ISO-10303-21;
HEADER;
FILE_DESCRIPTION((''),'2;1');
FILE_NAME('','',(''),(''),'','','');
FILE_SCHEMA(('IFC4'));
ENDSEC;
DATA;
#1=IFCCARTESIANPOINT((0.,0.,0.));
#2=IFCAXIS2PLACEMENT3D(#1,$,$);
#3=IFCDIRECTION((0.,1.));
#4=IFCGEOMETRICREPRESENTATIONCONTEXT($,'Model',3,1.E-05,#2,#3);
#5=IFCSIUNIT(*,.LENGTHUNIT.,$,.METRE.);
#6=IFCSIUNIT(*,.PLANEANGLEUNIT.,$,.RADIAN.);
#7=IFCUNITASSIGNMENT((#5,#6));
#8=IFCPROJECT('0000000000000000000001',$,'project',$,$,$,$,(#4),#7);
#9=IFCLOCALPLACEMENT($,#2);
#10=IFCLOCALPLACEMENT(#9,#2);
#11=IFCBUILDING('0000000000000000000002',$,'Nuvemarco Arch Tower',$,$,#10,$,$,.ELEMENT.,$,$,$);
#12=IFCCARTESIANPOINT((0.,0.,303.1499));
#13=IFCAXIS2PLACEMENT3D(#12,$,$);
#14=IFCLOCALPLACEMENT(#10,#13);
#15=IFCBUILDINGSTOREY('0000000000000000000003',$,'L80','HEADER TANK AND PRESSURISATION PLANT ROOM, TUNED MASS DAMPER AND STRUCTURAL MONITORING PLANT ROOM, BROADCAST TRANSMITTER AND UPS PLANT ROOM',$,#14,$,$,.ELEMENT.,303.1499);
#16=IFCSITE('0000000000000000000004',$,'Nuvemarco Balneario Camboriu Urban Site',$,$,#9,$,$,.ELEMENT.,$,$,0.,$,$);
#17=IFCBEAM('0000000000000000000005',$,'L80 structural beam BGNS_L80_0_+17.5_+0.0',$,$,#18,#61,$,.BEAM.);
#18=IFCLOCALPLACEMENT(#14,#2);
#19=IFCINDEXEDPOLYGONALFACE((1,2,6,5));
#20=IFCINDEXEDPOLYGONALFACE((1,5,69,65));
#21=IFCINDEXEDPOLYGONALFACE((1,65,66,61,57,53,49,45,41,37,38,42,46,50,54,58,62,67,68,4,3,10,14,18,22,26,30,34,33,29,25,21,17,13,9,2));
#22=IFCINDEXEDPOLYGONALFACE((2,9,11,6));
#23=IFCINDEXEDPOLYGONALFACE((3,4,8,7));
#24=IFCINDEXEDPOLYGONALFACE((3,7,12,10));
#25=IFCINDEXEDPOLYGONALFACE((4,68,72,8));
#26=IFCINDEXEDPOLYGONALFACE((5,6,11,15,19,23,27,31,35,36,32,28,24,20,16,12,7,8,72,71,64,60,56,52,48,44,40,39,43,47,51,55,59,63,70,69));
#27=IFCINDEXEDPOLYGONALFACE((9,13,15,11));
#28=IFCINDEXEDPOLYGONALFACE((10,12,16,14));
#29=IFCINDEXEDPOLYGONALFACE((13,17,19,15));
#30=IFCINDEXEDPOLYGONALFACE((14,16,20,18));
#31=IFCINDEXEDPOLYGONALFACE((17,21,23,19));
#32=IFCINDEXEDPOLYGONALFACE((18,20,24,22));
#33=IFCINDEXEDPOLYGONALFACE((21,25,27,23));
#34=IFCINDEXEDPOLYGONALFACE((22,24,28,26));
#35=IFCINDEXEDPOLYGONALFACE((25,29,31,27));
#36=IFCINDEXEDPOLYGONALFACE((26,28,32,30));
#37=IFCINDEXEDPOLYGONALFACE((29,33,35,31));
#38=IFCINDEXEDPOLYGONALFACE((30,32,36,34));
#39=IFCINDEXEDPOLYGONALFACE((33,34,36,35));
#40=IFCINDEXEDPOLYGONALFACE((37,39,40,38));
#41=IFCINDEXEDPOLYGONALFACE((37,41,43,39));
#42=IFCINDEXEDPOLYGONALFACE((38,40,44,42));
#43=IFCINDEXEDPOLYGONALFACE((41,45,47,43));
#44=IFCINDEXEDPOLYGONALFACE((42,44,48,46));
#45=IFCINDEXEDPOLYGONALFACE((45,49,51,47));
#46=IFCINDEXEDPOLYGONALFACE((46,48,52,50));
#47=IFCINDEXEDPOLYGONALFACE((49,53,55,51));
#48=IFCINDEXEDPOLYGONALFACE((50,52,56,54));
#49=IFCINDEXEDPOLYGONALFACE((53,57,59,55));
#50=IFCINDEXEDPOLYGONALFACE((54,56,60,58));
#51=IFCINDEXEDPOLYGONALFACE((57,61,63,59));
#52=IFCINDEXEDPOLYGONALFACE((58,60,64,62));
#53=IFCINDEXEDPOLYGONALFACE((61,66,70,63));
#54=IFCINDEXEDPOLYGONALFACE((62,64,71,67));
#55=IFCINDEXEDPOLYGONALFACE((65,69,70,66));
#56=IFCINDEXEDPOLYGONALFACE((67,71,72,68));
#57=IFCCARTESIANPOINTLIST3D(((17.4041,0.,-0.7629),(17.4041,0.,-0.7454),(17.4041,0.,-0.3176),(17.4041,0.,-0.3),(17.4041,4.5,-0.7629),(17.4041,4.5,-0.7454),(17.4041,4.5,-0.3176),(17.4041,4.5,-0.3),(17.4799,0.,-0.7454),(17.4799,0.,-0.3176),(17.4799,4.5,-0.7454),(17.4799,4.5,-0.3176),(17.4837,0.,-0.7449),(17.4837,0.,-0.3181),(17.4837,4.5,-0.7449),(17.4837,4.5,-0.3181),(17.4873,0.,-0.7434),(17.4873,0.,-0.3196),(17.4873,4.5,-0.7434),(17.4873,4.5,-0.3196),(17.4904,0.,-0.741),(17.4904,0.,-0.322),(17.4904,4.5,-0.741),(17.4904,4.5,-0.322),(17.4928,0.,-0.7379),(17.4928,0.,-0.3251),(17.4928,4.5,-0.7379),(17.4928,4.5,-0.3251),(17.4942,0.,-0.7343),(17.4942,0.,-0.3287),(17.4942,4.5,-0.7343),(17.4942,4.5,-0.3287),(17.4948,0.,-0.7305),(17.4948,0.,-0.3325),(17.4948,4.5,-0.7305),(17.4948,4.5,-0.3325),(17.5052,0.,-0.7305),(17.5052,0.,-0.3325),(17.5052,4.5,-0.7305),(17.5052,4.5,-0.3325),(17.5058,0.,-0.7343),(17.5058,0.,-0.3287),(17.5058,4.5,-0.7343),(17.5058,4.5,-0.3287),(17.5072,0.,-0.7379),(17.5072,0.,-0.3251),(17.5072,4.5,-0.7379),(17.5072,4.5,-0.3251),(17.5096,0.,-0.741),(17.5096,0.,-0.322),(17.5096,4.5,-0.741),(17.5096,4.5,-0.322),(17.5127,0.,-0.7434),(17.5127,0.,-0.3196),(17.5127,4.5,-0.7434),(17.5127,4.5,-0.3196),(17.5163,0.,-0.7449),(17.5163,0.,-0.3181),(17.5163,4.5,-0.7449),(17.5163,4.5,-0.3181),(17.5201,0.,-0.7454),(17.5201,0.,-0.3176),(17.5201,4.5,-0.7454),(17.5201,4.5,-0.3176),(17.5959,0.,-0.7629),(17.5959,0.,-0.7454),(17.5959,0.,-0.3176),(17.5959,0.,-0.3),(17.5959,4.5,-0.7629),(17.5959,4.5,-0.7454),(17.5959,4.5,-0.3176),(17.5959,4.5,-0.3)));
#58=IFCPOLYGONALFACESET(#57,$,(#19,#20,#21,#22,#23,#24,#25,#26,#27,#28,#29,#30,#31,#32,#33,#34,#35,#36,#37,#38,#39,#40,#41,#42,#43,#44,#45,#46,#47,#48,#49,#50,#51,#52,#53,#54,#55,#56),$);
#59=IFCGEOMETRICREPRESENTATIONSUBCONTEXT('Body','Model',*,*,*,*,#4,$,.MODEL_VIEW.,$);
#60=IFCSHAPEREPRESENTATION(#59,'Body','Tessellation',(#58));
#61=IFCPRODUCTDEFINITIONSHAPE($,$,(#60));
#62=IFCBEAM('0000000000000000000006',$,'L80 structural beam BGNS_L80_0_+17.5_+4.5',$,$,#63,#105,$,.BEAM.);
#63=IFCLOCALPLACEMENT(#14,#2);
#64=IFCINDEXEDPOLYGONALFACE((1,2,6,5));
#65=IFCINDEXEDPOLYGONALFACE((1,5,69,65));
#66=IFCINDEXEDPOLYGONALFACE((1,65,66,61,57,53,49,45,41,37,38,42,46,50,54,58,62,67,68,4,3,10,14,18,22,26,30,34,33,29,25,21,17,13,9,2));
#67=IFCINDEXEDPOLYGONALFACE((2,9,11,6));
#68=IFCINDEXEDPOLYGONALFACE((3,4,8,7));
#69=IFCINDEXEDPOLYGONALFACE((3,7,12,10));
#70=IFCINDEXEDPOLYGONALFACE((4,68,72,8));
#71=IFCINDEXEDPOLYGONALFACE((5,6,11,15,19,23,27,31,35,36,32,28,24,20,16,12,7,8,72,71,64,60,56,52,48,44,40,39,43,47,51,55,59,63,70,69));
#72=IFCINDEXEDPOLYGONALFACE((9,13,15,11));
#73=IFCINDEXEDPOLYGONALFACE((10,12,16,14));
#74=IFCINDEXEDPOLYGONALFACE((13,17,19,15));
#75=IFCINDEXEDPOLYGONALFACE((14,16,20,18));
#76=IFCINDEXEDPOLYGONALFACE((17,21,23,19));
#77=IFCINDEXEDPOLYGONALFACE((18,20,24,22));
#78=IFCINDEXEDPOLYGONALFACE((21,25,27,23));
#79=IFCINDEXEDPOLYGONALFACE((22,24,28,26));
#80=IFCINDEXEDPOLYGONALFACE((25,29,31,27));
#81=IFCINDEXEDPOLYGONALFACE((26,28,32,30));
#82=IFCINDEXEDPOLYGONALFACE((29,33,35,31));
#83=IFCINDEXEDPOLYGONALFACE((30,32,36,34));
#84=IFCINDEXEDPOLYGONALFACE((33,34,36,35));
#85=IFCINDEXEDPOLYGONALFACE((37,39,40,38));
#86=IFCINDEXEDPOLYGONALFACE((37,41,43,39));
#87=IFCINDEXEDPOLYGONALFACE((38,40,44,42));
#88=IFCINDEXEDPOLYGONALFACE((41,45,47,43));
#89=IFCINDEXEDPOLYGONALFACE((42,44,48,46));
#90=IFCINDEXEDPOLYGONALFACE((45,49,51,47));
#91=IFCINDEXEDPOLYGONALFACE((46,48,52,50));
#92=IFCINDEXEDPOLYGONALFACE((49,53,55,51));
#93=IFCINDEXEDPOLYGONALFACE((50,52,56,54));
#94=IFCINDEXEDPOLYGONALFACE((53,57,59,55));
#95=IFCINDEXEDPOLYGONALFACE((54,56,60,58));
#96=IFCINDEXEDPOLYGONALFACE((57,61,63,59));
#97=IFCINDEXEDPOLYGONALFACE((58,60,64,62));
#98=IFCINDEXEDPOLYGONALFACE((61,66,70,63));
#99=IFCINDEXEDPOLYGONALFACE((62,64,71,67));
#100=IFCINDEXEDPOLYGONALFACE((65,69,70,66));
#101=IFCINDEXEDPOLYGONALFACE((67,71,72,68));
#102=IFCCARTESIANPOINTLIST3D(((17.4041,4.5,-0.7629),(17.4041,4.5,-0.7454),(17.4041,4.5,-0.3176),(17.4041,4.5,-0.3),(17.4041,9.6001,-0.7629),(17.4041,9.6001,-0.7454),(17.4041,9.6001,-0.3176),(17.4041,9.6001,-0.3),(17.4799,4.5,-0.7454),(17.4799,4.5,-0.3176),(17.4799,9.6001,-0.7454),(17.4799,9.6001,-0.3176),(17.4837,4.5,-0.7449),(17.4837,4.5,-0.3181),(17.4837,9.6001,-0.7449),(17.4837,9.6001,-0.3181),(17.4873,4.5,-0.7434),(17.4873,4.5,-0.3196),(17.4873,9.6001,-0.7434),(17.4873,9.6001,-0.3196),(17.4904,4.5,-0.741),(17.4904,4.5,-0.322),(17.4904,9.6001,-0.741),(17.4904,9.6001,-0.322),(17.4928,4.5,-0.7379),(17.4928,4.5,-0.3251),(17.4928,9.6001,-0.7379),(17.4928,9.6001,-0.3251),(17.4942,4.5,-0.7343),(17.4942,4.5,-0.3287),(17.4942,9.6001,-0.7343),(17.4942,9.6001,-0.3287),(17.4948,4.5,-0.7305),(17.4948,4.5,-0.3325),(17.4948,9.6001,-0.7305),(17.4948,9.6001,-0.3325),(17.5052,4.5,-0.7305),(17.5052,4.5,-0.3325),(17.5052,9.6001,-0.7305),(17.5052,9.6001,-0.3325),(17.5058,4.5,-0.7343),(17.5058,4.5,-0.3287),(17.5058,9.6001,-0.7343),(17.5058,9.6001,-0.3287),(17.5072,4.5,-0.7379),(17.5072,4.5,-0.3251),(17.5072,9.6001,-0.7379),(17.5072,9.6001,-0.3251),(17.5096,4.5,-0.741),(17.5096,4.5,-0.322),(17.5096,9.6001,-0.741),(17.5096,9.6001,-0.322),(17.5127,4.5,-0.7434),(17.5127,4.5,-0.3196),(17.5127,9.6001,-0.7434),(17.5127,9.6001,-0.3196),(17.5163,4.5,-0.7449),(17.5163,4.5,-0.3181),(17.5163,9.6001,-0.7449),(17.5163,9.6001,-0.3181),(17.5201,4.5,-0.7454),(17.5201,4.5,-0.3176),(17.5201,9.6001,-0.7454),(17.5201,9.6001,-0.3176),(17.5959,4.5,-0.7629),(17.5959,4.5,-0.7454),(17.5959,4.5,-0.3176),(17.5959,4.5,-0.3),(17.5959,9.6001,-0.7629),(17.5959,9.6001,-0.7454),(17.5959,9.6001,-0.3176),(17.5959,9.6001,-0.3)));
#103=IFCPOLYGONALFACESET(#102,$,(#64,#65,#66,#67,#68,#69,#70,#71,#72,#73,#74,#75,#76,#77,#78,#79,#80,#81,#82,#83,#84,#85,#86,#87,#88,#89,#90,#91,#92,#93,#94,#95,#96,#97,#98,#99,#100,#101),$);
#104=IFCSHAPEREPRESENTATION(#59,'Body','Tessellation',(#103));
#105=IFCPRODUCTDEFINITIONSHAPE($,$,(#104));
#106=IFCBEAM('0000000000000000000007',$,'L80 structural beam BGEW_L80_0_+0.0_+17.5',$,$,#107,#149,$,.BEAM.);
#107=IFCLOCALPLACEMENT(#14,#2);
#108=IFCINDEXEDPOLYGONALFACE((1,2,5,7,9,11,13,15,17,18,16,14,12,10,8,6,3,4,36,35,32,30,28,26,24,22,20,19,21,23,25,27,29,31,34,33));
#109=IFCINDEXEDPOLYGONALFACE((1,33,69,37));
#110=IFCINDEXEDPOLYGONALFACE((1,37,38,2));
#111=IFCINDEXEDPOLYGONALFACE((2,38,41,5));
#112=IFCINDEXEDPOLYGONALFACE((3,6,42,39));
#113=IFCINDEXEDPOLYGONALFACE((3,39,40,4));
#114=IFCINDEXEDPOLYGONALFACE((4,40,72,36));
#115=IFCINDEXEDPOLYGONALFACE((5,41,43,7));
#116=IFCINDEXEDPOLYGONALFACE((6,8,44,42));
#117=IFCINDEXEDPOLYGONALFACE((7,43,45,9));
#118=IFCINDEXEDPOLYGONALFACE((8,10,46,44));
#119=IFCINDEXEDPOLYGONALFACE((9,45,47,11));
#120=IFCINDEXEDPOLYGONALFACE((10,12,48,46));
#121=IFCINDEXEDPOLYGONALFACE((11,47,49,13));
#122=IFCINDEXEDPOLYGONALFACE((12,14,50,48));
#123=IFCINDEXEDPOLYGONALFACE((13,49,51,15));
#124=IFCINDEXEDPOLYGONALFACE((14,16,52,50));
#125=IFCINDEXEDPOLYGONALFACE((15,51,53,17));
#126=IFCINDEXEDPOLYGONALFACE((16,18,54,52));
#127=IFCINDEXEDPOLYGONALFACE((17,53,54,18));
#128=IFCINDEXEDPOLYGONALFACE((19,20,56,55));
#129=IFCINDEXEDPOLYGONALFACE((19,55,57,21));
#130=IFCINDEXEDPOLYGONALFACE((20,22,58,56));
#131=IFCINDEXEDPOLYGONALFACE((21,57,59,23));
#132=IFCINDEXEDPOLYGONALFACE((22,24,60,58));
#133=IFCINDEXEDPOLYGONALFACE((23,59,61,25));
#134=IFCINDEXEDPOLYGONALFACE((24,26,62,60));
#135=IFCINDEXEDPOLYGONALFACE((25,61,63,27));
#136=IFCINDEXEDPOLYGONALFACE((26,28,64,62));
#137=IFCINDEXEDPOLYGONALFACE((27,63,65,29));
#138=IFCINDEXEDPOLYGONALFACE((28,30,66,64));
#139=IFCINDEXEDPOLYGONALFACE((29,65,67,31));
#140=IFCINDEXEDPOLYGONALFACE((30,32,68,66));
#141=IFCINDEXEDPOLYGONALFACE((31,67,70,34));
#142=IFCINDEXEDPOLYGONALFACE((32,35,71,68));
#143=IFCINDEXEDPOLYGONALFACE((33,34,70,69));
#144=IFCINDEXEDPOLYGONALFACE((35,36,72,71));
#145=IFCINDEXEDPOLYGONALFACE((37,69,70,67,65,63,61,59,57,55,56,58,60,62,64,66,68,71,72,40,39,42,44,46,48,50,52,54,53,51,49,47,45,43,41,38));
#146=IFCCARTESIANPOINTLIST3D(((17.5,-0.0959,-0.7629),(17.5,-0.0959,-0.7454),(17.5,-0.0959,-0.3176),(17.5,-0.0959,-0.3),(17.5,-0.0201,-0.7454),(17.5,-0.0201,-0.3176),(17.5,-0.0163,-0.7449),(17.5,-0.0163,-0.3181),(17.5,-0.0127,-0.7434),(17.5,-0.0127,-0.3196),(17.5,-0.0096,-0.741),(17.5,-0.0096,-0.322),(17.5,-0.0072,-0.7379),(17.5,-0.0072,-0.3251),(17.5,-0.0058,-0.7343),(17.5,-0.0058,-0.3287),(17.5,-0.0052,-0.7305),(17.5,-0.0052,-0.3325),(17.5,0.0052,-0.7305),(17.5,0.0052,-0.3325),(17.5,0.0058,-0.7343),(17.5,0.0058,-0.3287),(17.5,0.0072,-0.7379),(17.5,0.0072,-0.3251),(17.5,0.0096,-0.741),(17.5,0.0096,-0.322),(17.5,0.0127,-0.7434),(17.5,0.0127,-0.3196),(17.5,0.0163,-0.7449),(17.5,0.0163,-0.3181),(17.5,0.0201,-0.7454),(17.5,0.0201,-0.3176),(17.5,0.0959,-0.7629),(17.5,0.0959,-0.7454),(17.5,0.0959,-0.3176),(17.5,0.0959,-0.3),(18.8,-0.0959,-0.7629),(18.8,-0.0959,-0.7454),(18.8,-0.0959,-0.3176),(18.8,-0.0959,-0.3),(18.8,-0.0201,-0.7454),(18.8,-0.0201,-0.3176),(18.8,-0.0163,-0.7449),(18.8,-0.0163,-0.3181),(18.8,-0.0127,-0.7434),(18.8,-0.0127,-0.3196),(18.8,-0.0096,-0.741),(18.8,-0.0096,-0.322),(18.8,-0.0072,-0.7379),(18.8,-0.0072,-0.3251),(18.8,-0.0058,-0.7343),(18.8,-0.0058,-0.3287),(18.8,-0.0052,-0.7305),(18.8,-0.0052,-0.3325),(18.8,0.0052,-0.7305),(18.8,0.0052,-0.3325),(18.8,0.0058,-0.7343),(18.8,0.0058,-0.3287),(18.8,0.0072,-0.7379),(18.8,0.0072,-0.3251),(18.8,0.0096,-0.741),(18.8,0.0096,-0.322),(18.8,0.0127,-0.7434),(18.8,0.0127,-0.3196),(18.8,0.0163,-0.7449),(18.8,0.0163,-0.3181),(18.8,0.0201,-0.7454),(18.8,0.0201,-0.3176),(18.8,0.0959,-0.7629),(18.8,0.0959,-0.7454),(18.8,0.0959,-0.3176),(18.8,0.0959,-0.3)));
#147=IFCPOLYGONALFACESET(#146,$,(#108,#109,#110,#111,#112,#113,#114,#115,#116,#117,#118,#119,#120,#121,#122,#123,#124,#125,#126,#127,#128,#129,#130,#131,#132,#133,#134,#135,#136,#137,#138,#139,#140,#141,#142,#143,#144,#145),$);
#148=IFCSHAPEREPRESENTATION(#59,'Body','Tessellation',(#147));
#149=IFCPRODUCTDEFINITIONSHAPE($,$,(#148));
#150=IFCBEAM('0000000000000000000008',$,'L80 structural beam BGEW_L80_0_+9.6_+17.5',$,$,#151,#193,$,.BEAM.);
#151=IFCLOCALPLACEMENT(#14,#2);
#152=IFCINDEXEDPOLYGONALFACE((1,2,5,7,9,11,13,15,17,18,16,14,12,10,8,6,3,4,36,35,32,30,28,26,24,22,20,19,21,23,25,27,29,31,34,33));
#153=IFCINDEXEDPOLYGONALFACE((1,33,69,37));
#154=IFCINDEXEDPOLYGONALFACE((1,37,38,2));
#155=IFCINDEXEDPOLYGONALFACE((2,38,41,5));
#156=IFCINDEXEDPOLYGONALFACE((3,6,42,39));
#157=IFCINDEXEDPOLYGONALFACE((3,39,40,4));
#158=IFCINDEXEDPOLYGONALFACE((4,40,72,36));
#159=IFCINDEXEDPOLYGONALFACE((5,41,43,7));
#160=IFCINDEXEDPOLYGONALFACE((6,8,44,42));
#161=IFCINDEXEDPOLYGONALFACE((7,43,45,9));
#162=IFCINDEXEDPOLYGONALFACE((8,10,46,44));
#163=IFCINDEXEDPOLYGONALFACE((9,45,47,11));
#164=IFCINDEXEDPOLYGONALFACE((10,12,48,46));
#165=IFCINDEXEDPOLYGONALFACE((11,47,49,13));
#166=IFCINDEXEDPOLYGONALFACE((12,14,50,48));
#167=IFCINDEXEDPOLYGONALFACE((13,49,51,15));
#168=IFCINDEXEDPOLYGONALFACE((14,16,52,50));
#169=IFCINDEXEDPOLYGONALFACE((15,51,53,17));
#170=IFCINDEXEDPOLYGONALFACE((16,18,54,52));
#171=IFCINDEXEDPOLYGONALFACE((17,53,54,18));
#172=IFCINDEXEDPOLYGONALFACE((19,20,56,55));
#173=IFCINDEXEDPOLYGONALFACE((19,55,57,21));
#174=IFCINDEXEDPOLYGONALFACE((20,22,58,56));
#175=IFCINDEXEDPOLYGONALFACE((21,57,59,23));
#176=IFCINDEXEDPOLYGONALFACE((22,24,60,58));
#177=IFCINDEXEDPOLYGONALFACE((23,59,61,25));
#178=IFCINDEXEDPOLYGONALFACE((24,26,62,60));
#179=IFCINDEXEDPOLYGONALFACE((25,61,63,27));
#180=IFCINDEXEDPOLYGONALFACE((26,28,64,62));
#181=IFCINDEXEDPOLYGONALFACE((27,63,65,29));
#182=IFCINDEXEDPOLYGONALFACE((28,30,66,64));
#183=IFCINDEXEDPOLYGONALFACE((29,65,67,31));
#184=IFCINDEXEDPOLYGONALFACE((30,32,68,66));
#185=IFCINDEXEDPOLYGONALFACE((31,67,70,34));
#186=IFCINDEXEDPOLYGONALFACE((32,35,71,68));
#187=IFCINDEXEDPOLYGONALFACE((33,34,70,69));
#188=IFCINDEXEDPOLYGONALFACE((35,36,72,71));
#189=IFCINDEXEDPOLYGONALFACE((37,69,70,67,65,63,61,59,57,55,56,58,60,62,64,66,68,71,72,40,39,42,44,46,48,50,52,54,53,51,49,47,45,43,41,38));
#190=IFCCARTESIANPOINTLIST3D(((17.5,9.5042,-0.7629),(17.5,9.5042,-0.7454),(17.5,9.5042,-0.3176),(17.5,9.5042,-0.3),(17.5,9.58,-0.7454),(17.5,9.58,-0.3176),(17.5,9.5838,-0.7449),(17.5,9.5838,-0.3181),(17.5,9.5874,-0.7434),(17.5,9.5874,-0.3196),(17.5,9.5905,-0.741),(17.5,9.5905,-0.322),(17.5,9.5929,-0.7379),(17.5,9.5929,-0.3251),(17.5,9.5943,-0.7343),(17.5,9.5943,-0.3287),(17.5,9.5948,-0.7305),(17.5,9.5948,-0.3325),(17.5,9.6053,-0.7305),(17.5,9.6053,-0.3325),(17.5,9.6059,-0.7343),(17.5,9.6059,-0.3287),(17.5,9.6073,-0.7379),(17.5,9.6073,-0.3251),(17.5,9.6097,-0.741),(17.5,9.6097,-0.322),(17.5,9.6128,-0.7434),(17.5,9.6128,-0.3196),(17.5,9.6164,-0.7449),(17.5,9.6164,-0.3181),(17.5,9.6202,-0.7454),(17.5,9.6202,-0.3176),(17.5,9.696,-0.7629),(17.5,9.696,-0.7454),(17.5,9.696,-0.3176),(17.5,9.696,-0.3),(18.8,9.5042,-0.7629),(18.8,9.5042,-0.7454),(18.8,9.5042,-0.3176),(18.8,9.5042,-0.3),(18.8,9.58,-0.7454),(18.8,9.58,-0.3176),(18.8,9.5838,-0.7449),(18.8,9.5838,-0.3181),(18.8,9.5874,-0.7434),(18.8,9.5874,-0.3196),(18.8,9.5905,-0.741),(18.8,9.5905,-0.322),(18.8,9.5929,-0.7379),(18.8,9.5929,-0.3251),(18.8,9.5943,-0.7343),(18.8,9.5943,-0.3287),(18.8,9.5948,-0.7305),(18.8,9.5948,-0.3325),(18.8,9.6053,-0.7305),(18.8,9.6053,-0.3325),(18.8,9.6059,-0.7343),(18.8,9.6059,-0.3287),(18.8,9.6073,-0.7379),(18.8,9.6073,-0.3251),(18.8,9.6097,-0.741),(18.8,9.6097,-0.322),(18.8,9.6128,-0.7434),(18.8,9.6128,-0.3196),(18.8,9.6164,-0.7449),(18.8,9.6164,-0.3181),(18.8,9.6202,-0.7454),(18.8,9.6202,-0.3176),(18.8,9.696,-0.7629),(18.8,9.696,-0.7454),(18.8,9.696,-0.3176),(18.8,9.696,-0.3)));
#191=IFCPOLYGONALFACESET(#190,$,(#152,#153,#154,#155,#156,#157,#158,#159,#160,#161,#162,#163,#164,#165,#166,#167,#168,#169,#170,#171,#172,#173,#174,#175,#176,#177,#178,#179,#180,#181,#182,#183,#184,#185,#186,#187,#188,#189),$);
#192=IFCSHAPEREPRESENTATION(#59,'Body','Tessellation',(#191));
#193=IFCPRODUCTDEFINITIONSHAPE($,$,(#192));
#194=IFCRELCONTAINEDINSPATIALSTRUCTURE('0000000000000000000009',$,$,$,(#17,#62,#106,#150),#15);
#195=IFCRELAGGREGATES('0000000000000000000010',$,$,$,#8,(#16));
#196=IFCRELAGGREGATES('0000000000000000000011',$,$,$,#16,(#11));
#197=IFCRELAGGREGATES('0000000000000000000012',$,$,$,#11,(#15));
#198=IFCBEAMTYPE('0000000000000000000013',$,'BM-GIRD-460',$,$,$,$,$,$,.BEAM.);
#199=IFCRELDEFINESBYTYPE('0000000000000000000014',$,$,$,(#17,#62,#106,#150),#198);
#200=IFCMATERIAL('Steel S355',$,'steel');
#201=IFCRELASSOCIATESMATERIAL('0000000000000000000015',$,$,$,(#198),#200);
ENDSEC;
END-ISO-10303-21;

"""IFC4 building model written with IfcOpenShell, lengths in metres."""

from ifc_helpers import new_model, si_unit, direction, frame, origin, origin_2d, place, context, subcontext, project, spatial, i_section, extrude, material, material_profile, profile_set, type_object, element, save


model = new_model("IFC4")

# Units and contexts
model_context = context("Model", 3, precision=1e-05, world=origin(), true_north=direction((0.0, 1.0)))
body_context = subcontext(model_context, "Body", "Model", "MODEL_VIEW")
ifc_project = project(units=[si_unit("LENGTHUNIT", "METRE"), si_unit("PLANEANGLEUNIT", "RADIAN")], contexts=[model_context])

# Site, building, storey
site_placement = place(None, origin())
site = spatial("IfcSite", under=ifc_project, at=site_placement, Name="Nuvemarco Balneario Camboriu Urban Site", CompositionType="ELEMENT", RefElevation=0.0)
building_placement = place(site_placement, origin())
building = spatial("IfcBuilding", under=site, at=building_placement, Name="Nuvemarco Arch Tower", CompositionType="ELEMENT")
storey_placement = place(building_placement, frame((0.0, 0.0, 303.1499)))
storey = spatial("IfcBuildingStorey", under=building, at=storey_placement, Name="L80", Description="HEADER TANK AND PRESSURISATION PLANT ROOM, TUNED MASS DAMPER AND STRUCTURAL MONITORING PLANT ROOM, BROADCAST TRANSMITTER AND UPS PLANT ROOM", CompositionType="ELEMENT", Elevation=303.1499)

# Shared definitions
ifc_material_1 = material(Name="Steel S355", Category="steel")

# Beams
ifc_material_profile_1 = material_profile(ifc_material_1, i_section(OverallWidth=0.1919, OverallDepth=0.4629, WebThickness=0.0105, FlangeThickness=0.0176, FilletRadius=0.0149, at=origin_2d()), Name="W460x89")
ifc_profile_set_1 = profile_set([ifc_material_profile_1], Name="Steel S355")
beam_type_1 = type_object("IfcBeamType", Name="BM-GIRD-460", PredefinedType="BEAM", material=ifc_profile_set_1)
beam_1_placement = place(storey_placement, frame((17.5, 0.0, -0.5315), z_axis=(0.0, 1.0, 0.0), x_axis=(-1.0, 0.0, 0.0)))
element("IfcBeam", 1, at=beam_1_placement, inside=storey, type_object=beam_type_1, Name="L80 structural beam BGNS_L80_0_+17.5_+0.0", PredefinedType="BEAM", context=body_context, shape_type="SweptSolid", body=[
    extrude(i_section(OverallWidth=0.1919, OverallDepth=0.4629, WebThickness=0.0105, FlangeThickness=0.0176, FilletRadius=0.0149, at=origin_2d()), origin(), (0.0, 0.0, 1.0), 4.5),
])
beam_2_placement = place(storey_placement, frame((17.5, 4.5, -0.5315), z_axis=(0.0, 1.0, 0.0), x_axis=(-1.0, 0.0, 0.0)))
element("IfcBeam", 2, at=beam_2_placement, inside=storey, type_object=beam_type_1, Name="L80 structural beam BGNS_L80_0_+17.5_+4.5", PredefinedType="BEAM", context=body_context, shape_type="SweptSolid", body=[
    extrude(i_section(OverallWidth=0.1919, OverallDepth=0.4629, WebThickness=0.0105, FlangeThickness=0.0176, FilletRadius=0.0149, at=origin_2d()), origin(), (0.0, 0.0, 1.0), 5.1001),
])
for number, where, z_axis, x_axis, name in (
    (3, (17.5, 0.0, -0.5315), (1.0, 0.0, 0.0), (0.0, 1.0, 0.0), "L80 structural beam BGEW_L80_0_+0.0_+17.5"),
    (4, (17.5, 9.6001, -0.5315), (1.0, 0.0, 0.0), (0.0, 1.0, 0.0), "L80 structural beam BGEW_L80_0_+9.6_+17.5"),
):
    element("IfcBeam", number, at=place(storey_placement, frame(where, z_axis=z_axis, x_axis=x_axis)), inside=storey, type_object=beam_type_1, Name=name, PredefinedType="BEAM", context=body_context, shape_type="SweptSolid", body=[
        extrude(i_section(OverallWidth=0.1919, OverallDepth=0.4629, WebThickness=0.0105, FlangeThickness=0.0176, FilletRadius=0.0149, at=origin_2d()), origin(), (0.0, 0.0, 1.0), 1.3),
    ])

save(model, "model.ifc")
